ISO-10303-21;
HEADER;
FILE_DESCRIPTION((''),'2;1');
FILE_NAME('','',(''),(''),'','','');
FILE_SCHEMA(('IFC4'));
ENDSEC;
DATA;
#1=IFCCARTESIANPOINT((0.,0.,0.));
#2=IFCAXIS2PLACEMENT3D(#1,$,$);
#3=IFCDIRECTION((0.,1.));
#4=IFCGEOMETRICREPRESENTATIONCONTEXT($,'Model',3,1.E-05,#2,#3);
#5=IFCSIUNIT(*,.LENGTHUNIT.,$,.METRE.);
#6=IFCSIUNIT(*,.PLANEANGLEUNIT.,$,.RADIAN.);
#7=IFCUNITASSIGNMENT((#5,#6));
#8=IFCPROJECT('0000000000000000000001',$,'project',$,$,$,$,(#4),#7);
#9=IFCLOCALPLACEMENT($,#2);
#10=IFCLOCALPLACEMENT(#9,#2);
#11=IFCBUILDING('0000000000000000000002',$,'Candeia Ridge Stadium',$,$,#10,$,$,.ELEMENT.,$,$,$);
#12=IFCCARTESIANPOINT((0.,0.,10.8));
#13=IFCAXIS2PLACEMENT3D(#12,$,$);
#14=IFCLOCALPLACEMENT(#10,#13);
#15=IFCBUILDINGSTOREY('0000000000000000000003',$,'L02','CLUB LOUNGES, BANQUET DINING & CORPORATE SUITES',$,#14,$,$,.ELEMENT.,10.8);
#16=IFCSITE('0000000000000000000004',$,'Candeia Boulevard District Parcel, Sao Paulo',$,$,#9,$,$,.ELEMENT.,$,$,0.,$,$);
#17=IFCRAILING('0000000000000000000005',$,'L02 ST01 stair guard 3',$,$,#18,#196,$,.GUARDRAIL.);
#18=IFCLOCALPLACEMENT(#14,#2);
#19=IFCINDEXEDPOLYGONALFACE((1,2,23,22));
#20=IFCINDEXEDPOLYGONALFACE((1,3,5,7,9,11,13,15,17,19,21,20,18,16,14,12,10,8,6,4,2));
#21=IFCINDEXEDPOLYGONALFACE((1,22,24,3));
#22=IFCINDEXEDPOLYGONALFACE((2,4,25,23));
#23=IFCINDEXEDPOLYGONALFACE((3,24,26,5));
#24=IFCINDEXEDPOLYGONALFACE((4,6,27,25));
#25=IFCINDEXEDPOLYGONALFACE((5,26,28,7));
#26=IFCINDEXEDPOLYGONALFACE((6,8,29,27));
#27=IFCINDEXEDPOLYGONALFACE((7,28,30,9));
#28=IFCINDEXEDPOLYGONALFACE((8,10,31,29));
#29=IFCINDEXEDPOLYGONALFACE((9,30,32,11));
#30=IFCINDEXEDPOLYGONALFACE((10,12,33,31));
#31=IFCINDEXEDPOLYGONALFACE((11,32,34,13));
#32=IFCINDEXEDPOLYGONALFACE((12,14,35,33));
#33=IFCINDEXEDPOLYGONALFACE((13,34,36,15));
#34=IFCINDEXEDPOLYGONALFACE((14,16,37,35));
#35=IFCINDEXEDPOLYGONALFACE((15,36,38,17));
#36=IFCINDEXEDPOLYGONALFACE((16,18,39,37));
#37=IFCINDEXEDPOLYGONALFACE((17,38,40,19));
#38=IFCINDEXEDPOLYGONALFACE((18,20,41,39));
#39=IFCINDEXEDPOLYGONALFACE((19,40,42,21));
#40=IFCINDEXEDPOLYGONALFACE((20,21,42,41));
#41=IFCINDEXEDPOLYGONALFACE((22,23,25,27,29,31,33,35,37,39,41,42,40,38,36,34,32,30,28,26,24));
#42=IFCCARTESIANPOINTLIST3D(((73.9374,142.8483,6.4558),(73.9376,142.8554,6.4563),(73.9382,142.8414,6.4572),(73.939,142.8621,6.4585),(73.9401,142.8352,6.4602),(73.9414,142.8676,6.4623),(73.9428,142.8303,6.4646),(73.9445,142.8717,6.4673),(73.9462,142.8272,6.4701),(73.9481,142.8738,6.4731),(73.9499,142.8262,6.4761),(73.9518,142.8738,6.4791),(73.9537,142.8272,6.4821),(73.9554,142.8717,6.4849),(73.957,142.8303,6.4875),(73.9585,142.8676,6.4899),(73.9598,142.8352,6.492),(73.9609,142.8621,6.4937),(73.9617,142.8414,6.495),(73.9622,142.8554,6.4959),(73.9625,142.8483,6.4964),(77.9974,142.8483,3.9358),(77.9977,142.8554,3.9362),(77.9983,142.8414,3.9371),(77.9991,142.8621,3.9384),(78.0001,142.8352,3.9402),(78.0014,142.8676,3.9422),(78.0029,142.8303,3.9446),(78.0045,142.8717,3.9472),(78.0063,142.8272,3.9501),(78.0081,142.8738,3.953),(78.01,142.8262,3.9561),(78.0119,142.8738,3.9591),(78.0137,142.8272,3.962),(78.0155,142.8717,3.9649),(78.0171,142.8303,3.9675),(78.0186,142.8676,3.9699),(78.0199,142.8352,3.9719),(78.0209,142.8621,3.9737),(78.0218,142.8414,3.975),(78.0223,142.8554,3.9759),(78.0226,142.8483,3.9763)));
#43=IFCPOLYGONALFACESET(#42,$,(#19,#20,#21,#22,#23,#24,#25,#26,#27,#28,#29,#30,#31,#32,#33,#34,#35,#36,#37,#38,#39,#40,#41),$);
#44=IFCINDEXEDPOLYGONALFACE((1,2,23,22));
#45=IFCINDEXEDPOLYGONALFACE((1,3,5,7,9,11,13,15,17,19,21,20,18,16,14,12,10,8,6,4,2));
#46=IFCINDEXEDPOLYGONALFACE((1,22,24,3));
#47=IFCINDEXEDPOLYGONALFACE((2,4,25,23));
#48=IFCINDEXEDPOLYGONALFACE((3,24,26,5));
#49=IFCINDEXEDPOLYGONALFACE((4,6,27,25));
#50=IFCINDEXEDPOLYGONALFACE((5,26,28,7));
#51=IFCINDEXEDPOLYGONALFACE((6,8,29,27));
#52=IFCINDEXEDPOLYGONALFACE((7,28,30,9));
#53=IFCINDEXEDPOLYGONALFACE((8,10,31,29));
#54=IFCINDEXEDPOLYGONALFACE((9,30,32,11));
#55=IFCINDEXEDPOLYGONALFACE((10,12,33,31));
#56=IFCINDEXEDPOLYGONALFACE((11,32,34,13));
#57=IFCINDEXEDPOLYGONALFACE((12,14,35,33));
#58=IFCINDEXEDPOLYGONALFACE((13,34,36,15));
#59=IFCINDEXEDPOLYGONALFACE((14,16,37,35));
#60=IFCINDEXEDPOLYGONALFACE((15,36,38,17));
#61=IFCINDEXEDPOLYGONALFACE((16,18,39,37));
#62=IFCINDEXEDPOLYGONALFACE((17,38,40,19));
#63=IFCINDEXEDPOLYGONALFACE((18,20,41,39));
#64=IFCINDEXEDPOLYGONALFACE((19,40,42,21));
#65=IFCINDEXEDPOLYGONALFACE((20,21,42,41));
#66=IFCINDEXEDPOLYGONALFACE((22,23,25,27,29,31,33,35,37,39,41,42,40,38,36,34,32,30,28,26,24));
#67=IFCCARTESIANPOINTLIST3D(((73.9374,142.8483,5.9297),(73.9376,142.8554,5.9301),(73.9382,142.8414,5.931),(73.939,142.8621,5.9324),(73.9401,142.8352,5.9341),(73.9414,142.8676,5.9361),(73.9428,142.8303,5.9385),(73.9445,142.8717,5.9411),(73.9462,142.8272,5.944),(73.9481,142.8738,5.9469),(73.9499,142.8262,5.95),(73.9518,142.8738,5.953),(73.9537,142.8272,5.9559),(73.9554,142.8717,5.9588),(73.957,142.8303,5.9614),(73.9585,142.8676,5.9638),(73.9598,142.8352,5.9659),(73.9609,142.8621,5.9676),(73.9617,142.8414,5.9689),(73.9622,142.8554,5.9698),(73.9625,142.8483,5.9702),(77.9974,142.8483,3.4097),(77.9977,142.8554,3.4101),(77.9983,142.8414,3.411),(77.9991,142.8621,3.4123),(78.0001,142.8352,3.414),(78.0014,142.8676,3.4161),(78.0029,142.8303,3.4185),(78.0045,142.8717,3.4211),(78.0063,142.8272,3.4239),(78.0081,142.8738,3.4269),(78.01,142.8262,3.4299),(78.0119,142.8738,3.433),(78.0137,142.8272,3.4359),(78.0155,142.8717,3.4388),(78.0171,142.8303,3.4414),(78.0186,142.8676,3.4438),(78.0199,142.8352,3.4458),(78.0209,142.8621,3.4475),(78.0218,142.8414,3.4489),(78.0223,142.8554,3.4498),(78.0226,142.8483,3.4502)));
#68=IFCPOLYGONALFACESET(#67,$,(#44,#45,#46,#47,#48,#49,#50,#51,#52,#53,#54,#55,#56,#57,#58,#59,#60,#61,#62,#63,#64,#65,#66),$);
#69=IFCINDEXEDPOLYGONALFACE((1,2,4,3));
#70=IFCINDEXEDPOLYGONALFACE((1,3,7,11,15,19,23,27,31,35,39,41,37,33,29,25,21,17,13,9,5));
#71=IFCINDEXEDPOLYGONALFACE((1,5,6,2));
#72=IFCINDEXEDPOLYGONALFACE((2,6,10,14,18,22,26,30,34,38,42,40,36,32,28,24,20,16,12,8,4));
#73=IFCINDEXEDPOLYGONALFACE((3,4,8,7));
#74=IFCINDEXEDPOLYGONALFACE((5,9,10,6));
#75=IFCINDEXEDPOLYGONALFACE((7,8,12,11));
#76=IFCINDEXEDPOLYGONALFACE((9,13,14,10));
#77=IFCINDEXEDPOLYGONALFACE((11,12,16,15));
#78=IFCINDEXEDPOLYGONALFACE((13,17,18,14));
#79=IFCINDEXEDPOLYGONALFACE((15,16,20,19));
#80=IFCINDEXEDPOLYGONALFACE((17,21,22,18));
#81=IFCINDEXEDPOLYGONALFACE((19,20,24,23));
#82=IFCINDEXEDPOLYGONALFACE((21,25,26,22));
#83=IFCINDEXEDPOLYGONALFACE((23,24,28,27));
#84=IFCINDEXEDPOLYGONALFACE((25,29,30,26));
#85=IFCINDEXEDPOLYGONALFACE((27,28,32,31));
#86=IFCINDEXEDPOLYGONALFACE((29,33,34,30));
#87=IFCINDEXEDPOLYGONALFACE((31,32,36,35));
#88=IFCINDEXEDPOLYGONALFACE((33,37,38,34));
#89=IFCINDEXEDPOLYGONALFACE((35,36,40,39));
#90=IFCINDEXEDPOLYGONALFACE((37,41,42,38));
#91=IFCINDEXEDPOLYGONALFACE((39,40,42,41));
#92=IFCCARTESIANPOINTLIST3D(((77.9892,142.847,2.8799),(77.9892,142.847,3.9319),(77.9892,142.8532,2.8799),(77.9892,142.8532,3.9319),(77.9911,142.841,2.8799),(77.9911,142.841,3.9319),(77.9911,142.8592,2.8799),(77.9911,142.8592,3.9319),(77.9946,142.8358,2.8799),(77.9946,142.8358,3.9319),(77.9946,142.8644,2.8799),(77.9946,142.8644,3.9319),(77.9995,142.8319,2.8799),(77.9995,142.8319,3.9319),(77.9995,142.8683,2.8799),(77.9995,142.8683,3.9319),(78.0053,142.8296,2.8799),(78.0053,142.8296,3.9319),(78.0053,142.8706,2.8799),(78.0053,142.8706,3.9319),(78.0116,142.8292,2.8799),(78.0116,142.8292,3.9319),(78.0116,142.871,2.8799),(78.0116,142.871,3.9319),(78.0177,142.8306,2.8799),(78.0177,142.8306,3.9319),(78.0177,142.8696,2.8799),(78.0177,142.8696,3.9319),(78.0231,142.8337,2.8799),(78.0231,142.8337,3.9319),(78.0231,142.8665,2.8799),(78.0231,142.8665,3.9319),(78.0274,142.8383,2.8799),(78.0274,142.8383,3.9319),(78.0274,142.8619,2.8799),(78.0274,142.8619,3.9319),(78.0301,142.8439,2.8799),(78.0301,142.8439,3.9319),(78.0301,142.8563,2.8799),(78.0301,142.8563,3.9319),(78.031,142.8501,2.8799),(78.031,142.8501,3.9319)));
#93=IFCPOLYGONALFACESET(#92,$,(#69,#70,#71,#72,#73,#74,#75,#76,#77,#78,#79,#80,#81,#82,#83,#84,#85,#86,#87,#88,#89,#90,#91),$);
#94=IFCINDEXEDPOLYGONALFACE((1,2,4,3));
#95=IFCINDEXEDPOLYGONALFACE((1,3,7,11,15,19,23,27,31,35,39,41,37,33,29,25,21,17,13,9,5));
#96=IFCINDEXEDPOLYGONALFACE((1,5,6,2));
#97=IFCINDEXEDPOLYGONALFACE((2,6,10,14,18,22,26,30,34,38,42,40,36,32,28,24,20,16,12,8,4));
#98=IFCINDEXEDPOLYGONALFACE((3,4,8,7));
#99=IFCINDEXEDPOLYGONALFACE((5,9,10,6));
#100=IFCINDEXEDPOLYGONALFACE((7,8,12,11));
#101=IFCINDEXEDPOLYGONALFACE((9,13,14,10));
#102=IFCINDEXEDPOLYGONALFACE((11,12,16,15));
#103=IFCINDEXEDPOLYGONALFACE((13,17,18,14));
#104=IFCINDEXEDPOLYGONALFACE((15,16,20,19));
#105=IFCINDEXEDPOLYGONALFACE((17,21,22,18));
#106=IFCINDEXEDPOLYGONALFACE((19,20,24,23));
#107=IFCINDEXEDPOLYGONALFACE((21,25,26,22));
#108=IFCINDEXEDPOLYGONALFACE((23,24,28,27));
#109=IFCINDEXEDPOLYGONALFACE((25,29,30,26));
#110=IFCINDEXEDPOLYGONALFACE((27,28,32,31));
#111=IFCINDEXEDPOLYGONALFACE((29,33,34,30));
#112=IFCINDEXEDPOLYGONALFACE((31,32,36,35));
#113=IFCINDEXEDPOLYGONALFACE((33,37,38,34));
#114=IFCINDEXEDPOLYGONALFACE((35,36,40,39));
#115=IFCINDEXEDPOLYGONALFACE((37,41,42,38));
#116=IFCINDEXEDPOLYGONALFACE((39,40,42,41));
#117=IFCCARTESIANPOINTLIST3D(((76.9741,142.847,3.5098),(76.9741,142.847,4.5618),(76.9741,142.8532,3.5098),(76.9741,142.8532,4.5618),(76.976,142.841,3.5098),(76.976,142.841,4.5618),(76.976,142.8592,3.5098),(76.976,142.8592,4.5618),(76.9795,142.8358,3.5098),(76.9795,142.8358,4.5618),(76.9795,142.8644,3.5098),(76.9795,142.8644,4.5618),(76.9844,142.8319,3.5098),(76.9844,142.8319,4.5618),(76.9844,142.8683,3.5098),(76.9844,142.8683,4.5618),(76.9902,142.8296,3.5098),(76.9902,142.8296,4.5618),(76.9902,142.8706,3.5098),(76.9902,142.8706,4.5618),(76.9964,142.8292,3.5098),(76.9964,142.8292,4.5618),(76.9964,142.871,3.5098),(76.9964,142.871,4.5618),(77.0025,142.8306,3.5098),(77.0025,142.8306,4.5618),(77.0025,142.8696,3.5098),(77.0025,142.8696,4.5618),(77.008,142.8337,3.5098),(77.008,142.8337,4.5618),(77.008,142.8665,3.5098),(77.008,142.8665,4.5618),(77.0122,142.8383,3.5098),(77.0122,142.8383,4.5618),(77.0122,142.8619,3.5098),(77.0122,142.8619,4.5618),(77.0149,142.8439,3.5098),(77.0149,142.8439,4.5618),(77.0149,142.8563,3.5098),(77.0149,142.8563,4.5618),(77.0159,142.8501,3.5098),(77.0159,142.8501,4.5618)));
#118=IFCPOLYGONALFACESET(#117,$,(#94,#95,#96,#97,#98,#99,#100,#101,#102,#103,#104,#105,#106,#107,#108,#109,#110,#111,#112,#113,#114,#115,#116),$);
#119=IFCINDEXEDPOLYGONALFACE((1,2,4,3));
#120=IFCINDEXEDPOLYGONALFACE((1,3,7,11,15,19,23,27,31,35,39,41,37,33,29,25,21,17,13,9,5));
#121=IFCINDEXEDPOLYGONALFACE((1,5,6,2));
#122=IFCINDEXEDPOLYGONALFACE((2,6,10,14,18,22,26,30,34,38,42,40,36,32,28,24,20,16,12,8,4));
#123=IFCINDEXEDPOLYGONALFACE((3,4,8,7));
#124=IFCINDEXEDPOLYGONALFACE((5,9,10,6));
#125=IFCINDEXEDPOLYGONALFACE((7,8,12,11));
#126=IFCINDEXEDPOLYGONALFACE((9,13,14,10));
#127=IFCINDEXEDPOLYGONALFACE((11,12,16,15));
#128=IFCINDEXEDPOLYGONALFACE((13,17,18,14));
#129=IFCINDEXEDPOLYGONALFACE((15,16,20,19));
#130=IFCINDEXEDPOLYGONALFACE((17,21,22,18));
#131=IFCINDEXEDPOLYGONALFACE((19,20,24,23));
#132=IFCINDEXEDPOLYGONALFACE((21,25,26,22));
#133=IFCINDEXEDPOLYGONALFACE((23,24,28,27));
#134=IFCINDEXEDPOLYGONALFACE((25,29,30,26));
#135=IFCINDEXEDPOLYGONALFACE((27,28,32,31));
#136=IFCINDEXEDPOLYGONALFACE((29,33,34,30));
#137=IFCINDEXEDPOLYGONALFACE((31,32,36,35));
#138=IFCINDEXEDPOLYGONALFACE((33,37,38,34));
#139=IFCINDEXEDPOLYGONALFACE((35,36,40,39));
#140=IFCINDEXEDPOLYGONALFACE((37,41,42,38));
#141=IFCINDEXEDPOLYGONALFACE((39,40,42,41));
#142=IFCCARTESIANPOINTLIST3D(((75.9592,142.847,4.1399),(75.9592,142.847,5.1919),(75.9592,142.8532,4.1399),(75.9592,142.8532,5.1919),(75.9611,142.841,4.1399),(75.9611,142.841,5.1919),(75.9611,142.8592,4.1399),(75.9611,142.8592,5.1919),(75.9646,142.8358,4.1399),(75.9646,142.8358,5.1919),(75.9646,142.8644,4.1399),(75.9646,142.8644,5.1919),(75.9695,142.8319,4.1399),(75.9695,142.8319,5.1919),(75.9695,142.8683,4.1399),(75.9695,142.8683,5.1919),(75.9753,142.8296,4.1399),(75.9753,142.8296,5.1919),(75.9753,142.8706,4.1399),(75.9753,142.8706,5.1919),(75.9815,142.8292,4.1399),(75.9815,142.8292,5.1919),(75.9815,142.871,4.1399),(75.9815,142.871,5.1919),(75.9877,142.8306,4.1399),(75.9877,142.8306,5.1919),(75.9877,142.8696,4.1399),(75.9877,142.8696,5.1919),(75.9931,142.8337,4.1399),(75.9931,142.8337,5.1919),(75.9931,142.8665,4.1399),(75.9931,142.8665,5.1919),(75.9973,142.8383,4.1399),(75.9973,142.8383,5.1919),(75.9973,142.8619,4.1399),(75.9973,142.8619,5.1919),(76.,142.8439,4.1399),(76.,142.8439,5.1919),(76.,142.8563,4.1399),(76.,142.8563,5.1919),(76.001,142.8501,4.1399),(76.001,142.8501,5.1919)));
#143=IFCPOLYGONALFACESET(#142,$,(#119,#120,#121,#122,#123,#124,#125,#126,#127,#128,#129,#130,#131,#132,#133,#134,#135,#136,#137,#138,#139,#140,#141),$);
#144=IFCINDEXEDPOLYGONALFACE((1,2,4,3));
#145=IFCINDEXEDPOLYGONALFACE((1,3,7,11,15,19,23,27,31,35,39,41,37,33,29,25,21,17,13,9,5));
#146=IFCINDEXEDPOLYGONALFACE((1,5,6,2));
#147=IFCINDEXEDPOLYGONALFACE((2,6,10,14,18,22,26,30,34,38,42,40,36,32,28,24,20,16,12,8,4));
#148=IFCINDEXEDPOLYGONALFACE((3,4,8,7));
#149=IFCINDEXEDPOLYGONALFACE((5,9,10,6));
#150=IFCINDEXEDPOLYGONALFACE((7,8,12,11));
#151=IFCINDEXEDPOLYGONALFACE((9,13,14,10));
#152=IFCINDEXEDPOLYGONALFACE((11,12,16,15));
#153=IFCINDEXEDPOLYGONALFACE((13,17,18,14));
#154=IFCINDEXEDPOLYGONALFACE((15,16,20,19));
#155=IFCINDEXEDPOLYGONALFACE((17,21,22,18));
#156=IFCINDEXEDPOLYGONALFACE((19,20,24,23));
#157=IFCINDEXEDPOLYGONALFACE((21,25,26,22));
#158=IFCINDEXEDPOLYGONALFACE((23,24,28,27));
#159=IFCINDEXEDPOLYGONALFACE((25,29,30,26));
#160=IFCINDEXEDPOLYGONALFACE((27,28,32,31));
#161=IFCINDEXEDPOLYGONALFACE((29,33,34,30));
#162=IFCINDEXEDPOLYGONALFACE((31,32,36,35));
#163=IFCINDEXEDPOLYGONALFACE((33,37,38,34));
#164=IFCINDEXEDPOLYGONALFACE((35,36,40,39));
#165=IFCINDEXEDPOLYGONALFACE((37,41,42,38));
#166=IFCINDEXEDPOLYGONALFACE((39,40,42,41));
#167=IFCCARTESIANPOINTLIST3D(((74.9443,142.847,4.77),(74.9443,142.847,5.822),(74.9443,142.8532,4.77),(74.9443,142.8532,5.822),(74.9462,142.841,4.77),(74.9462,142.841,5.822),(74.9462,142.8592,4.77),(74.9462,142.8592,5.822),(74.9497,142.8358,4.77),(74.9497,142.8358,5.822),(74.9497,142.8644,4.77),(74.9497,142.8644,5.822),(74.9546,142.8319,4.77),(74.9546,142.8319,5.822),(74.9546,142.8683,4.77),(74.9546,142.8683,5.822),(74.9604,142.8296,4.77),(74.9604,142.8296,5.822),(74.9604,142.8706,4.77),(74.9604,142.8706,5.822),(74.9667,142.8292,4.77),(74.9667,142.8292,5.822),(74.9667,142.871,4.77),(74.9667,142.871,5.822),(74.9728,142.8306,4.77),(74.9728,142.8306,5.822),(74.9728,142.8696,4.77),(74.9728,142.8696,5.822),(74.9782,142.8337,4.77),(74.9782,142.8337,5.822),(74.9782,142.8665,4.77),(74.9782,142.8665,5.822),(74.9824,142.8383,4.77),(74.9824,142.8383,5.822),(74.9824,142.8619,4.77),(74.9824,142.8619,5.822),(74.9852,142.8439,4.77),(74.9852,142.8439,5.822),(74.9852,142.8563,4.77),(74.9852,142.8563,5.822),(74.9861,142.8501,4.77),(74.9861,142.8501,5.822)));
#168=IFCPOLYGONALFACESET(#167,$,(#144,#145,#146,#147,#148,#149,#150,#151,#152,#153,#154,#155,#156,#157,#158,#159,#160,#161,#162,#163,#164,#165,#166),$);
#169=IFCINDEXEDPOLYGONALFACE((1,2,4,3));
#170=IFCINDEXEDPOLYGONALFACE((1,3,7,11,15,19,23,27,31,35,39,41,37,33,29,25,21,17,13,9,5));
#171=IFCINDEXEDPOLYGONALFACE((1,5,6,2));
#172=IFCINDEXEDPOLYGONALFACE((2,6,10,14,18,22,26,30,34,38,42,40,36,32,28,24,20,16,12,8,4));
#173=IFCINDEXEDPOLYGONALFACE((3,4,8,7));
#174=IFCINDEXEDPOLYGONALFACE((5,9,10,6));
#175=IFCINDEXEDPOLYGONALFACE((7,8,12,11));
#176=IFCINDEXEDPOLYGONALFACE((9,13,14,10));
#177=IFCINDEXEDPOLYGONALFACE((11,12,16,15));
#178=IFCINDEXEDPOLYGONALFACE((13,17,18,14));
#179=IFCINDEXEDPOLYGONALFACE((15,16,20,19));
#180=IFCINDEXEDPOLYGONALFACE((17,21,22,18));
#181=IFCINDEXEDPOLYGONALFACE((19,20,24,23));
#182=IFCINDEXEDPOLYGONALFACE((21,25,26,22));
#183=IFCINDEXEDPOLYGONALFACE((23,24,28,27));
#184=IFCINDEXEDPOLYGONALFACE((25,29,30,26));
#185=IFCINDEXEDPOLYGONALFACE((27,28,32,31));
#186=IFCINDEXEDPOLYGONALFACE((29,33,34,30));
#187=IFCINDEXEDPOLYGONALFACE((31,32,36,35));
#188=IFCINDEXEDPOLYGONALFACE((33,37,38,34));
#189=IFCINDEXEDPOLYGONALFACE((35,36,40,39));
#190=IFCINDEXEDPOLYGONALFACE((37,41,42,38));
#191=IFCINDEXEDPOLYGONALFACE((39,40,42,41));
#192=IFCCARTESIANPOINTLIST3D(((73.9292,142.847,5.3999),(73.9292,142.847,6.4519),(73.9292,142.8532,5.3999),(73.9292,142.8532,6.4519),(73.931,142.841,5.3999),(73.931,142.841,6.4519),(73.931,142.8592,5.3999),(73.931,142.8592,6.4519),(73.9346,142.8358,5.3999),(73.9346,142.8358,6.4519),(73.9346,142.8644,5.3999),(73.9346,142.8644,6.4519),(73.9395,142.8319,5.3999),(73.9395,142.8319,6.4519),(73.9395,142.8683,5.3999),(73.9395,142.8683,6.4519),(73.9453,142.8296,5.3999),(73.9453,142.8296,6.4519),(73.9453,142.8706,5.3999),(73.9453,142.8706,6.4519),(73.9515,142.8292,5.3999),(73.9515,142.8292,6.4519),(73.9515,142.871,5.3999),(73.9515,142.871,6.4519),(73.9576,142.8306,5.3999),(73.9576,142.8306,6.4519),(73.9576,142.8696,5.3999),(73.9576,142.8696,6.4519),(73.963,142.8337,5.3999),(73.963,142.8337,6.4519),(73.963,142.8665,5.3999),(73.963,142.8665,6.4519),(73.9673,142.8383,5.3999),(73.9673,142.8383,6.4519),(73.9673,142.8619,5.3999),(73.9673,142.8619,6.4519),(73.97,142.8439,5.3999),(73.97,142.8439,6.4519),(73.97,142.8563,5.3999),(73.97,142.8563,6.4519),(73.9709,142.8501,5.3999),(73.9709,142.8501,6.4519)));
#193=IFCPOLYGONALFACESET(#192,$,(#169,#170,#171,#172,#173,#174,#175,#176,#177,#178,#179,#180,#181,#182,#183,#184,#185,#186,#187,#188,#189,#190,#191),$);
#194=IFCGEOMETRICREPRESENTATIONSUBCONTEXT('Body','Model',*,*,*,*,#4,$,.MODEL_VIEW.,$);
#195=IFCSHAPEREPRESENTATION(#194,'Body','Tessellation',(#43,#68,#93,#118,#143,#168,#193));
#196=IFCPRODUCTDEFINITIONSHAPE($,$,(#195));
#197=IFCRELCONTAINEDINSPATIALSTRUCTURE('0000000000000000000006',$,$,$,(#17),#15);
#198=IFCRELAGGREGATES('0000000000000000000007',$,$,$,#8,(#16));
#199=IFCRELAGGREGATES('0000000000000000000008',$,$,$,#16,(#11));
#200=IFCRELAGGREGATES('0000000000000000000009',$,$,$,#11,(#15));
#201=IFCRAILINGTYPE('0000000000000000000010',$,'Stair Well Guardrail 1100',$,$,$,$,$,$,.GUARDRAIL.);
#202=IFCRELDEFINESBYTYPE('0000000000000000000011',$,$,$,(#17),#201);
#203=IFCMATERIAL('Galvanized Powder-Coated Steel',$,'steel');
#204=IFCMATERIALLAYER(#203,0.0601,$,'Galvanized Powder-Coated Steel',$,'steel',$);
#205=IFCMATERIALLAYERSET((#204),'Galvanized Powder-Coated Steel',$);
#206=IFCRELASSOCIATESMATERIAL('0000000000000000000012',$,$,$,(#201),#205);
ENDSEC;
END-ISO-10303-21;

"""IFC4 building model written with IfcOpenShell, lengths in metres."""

from ifc_helpers import new_model, si_unit, direction, frame, origin, origin_2d, place, context, subcontext, project, spatial, circle, extrude, material, layer, layer_set, type_object, element, save


model = new_model("IFC4")

# Units and contexts
model_context = context("Model", 3, precision=1e-05, world=origin(), true_north=direction((0.0, 1.0)))
body_context = subcontext(model_context, "Body", "Model", "MODEL_VIEW")
ifc_project = project(units=[si_unit("LENGTHUNIT", "METRE"), si_unit("PLANEANGLEUNIT", "RADIAN")], contexts=[model_context])

# Site, building, storey
site_placement = place(None, origin())
site = spatial("IfcSite", under=ifc_project, at=site_placement, Name="Candeia Boulevard District Parcel, Sao Paulo", CompositionType="ELEMENT", RefElevation=0.0)
building_placement = place(site_placement, origin())
building = spatial("IfcBuilding", under=site, at=building_placement, Name="Candeia Ridge Stadium", CompositionType="ELEMENT")
storey_placement = place(building_placement, frame((0.0, 0.0, 10.8)))
storey = spatial("IfcBuildingStorey", under=building, at=storey_placement, Name="L02", Description="CLUB LOUNGES, BANQUET DINING & CORPORATE SUITES", CompositionType="ELEMENT", Elevation=10.8)

# Railing
ifc_material_1 = material(Name="Galvanized Powder-Coated Steel", Category="steel")
ifc_layer_1 = layer(ifc_material_1, 0.0601, Name="Galvanized Powder-Coated Steel", Category="steel")
ifc_layer_set_1 = layer_set([ifc_layer_1], Name="Galvanized Powder-Coated Steel")
railing_type_1 = type_object("IfcRailingType", Name="Stair Well Guardrail 1100", PredefinedType="GUARDRAIL", material=ifc_layer_set_1)
railing_1_placement = place(storey_placement, frame((78.01, 142.8501, 2.8799)))
element("IfcRailing", 1, at=railing_1_placement, inside=storey, type_object=railing_type_1, Name="L02 ST01 stair guard 3", PredefinedType="GUARDRAIL", context=body_context, shape_type="SweptSolid", body=[
    extrude(circle(Radius=0.0239, at=origin_2d()), frame((0.0, 0.0, 1.0762), z_axis=(-0.849642, 0.0, 0.52736), x_axis=(0.0, -1.0, 0.0)), (0.0, 0.0, 1.0), 4.7786),
    extrude(circle(Radius=0.0239, at=origin_2d()), frame((0.0, 0.0, 0.55), z_axis=(-0.849642, 0.0, 0.52736), x_axis=(0.0, -1.0, 0.0)), (0.0, 0.0, 1.0), 4.7786),
    extrude(circle(Radius=0.021, at=origin_2d()), origin(), (0.0, 0.0, 1.0), 1.052),
    extrude(circle(Radius=0.021, at=origin_2d()), frame((-1.0151, 0.0, 0.6299)), (0.0, 0.0, 1.0), 1.052),
    extrude(circle(Radius=0.021, at=origin_2d()), frame((-2.03, 0.0, 1.26)), (0.0, 0.0, 1.0), 1.052),
    extrude(circle(Radius=0.021, at=origin_2d()), frame((-3.0449, 0.0, 1.8901)), (0.0, 0.0, 1.0), 1.052),
    extrude(circle(Radius=0.021, at=origin_2d()), frame((-4.0601, 0.0, 2.52)), (0.0, 0.0, 1.0), 1.052),
])

save(model, "model.ifc")
